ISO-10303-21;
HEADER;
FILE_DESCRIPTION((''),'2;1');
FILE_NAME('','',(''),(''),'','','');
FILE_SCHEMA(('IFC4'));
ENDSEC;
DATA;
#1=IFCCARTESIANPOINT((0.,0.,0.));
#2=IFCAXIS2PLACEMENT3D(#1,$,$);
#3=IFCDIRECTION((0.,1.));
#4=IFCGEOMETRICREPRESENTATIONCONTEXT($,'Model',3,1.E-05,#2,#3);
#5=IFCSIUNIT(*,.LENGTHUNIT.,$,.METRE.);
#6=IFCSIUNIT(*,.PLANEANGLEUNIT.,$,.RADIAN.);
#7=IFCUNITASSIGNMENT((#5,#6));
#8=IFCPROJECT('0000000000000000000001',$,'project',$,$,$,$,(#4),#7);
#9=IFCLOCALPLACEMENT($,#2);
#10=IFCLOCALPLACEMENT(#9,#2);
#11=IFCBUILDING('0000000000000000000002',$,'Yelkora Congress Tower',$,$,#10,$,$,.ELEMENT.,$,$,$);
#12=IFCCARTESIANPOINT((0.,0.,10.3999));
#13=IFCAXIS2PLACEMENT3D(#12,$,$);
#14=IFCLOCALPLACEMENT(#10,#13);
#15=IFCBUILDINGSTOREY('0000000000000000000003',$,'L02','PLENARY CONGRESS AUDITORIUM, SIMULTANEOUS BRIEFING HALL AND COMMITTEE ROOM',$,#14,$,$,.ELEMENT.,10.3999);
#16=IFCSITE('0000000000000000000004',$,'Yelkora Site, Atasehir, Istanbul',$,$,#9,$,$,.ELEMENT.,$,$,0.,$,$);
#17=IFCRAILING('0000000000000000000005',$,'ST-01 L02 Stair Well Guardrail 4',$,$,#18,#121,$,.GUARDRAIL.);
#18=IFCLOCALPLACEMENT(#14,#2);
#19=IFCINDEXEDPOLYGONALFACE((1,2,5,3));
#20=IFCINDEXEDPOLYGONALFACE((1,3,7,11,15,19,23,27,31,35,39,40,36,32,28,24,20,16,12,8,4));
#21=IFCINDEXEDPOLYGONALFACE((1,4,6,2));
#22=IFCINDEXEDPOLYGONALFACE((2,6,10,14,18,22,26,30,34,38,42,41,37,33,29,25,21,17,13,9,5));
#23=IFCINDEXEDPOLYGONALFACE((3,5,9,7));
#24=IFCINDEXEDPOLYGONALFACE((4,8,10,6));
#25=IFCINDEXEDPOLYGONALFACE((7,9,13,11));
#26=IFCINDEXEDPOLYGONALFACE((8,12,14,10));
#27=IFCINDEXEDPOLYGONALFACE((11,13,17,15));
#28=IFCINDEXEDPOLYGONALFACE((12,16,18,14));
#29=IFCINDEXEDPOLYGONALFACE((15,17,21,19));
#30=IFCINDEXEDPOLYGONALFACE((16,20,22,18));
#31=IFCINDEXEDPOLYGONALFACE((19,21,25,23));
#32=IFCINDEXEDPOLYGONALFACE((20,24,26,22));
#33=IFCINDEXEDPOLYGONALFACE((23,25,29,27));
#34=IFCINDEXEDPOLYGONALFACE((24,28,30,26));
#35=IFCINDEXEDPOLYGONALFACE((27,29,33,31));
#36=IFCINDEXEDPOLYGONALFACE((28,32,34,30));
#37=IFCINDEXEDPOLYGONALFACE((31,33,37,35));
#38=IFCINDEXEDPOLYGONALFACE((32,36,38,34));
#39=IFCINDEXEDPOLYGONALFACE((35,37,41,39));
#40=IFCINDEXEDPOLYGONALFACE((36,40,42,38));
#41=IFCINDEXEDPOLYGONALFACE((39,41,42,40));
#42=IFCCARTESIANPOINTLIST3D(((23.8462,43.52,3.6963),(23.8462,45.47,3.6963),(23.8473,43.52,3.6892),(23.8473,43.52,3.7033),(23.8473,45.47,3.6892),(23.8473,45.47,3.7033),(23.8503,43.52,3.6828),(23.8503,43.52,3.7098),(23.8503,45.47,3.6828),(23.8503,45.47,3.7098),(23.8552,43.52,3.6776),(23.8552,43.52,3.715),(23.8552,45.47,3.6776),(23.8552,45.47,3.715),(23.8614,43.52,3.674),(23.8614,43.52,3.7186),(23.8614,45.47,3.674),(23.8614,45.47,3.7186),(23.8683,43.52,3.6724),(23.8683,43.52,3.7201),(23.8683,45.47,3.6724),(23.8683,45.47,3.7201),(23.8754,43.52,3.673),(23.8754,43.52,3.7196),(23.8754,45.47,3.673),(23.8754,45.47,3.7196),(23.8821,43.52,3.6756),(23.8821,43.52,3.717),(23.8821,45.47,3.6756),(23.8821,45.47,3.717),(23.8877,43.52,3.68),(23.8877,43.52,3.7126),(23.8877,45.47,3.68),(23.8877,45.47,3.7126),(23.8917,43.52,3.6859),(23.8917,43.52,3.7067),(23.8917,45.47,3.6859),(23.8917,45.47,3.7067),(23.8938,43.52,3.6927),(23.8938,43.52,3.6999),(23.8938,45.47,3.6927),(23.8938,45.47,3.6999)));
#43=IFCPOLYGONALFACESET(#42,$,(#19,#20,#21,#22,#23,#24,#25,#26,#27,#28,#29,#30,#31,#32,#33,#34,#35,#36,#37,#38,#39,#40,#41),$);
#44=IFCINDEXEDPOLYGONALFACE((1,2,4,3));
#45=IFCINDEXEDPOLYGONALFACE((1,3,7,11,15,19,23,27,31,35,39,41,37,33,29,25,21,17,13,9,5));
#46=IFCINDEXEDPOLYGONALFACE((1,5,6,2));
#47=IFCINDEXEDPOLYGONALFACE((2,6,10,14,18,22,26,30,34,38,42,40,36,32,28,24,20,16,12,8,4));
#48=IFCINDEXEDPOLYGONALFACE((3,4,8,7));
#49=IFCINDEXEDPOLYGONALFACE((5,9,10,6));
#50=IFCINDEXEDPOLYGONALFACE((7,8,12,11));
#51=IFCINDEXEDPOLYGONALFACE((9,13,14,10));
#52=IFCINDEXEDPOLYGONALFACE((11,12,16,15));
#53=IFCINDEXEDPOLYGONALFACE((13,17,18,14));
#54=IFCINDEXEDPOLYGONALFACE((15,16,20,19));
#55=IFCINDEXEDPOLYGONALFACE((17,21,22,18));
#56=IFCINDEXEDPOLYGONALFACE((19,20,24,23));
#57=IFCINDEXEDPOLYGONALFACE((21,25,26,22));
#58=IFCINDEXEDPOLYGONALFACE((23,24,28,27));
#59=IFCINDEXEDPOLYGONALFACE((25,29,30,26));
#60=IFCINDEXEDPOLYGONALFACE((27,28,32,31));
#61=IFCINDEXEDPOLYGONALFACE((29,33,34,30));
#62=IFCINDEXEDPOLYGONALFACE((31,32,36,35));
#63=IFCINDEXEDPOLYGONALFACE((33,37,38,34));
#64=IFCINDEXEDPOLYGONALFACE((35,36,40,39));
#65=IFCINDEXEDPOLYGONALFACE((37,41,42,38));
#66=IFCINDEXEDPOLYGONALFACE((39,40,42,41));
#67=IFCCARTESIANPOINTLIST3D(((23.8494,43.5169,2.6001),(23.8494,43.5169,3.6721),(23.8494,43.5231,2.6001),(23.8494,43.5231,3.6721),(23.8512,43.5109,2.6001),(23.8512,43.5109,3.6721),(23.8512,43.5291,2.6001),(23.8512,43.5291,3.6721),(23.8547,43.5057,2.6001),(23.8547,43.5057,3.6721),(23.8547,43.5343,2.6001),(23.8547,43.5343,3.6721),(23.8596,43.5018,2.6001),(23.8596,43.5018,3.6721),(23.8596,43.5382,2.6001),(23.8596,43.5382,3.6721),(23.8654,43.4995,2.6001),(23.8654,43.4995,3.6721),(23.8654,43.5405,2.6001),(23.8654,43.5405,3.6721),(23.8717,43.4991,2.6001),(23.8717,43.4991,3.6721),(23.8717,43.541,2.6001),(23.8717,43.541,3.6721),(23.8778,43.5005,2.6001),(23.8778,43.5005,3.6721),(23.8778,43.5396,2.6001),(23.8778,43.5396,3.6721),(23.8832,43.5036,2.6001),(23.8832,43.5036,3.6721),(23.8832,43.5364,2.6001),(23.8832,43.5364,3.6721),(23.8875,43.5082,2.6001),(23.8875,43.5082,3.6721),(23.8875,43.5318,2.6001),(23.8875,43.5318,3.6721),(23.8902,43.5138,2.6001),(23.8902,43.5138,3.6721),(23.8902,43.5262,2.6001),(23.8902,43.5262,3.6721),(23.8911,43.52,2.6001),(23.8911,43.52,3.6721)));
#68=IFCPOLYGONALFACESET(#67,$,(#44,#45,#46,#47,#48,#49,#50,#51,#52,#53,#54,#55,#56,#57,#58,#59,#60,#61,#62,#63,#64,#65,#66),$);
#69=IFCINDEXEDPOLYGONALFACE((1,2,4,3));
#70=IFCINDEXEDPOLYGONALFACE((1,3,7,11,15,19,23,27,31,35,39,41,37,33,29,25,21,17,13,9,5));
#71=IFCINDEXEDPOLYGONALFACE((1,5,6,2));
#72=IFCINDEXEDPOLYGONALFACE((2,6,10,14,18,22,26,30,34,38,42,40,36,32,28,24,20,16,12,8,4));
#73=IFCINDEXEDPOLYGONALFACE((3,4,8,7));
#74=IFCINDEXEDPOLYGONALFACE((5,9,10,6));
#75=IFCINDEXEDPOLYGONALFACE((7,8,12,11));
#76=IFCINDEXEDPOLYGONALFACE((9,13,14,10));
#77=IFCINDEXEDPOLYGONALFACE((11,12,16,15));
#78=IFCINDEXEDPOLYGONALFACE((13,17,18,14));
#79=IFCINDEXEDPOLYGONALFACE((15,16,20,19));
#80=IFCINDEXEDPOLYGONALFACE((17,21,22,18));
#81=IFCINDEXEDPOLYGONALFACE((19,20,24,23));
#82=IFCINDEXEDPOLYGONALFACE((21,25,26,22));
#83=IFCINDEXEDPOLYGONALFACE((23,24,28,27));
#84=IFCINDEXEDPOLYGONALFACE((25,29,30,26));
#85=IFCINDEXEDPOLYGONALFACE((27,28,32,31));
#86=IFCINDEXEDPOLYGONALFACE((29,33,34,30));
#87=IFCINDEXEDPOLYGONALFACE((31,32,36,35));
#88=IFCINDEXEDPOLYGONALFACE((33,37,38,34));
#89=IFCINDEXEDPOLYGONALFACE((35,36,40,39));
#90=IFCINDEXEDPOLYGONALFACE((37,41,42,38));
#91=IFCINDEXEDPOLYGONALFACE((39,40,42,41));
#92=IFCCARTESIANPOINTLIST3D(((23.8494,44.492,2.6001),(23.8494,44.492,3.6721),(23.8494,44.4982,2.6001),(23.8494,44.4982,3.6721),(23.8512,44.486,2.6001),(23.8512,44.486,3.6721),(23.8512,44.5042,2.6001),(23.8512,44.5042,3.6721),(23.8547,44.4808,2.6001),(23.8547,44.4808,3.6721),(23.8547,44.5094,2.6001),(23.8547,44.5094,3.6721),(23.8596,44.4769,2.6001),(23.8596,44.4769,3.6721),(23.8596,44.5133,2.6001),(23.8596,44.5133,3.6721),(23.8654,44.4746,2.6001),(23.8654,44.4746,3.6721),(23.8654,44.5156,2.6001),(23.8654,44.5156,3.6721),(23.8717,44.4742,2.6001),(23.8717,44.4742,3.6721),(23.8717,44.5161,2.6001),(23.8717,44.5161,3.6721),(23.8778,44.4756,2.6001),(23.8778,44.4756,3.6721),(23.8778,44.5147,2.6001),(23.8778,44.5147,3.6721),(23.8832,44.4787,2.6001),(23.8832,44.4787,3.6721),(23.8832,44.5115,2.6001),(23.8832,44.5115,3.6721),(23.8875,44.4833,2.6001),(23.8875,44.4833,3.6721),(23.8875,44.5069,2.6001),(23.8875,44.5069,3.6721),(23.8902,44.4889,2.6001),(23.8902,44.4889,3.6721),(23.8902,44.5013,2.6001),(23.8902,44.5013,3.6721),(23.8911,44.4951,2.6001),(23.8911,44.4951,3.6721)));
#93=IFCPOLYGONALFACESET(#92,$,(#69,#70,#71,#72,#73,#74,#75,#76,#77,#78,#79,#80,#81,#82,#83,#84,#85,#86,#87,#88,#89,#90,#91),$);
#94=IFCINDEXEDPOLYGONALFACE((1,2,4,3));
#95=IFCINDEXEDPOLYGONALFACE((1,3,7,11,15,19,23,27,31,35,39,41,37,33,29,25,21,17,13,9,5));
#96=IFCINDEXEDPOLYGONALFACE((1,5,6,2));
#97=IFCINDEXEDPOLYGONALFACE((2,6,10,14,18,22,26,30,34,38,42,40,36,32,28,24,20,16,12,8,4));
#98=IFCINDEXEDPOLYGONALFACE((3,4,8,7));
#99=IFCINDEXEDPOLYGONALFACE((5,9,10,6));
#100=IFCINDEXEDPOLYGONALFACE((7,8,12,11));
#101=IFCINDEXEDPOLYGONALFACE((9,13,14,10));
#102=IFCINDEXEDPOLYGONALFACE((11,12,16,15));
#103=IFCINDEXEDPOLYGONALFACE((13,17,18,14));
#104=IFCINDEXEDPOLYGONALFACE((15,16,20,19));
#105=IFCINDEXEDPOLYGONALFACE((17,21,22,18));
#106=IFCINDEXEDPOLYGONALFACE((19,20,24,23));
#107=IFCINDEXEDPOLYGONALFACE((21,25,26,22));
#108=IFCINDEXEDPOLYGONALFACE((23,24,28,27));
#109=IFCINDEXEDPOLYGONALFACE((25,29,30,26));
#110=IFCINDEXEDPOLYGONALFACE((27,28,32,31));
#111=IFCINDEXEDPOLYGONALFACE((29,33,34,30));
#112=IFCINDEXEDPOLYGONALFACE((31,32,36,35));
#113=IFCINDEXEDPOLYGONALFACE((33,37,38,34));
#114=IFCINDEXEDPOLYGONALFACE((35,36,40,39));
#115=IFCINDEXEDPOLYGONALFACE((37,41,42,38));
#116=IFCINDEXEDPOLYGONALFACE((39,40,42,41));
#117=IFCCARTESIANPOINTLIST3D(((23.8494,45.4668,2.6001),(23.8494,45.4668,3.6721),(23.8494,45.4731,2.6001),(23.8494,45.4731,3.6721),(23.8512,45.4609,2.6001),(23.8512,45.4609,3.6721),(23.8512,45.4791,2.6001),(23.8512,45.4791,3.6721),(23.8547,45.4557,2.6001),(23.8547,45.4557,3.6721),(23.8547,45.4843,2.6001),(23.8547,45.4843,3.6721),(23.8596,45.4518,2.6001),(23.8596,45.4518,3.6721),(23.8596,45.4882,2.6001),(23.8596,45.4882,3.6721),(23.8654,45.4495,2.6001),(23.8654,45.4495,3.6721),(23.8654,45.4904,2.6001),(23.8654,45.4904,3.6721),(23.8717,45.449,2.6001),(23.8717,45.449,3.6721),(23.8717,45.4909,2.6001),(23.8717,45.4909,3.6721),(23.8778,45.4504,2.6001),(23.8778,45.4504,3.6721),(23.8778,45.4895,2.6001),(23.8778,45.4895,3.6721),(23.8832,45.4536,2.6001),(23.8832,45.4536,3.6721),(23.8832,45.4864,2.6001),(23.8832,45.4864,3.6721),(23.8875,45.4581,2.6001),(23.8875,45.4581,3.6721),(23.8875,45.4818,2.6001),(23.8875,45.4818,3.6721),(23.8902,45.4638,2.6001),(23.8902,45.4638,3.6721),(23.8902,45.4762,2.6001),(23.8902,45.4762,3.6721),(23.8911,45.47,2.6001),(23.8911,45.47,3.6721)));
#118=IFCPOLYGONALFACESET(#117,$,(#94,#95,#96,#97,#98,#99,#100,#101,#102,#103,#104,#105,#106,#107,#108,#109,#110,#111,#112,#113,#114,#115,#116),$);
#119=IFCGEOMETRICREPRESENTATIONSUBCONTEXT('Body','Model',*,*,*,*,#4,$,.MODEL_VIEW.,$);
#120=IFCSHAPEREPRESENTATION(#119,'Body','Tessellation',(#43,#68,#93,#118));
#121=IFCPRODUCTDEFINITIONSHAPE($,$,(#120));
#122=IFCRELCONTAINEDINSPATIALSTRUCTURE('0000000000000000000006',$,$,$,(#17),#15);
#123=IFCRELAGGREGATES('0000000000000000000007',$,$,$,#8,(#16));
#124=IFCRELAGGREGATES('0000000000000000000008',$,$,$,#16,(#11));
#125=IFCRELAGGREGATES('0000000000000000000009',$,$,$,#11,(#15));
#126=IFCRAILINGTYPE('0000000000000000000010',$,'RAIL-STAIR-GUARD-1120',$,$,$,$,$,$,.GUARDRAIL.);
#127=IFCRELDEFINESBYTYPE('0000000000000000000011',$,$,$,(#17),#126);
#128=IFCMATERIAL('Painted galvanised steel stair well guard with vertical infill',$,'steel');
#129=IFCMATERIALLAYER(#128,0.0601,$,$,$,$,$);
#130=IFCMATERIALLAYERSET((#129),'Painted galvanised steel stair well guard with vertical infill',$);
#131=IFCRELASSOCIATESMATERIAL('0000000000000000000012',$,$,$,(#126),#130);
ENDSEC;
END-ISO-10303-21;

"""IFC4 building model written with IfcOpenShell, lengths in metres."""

from ifc_helpers import new_model, si_unit, direction, frame, origin, origin_2d, place, context, subcontext, project, spatial, circle, extrude, material, layer, layer_set, type_object, element, save


model = new_model("IFC4")

# Units and contexts
model_context = context("Model", 3, precision=1e-05, world=origin(), true_north=direction((0.0, 1.0)))
body_context = subcontext(model_context, "Body", "Model", "MODEL_VIEW")
ifc_project = project(units=[si_unit("LENGTHUNIT", "METRE"), si_unit("PLANEANGLEUNIT", "RADIAN")], contexts=[model_context])

# Site, building, storey
site_placement = place(None, origin())
site = spatial("IfcSite", under=ifc_project, at=site_placement, Name="Yelkora Site, Atasehir, Istanbul", CompositionType="ELEMENT", RefElevation=0.0)
building_placement = place(site_placement, origin())
building = spatial("IfcBuilding", under=site, at=building_placement, Name="Yelkora Congress Tower", CompositionType="ELEMENT")
storey_placement = place(building_placement, frame((0.0, 0.0, 10.3999)))
storey = spatial("IfcBuildingStorey", under=building, at=storey_placement, Name="L02", Description="PLENARY CONGRESS AUDITORIUM, SIMULTANEOUS BRIEFING HALL AND COMMITTEE ROOM", CompositionType="ELEMENT", Elevation=10.3999)

# Railing
ifc_material_1 = material(Name="Painted galvanised steel stair well guard with vertical infill", Category="steel")
ifc_layer_1 = layer(ifc_material_1, 0.0601)
ifc_layer_set_1 = layer_set([ifc_layer_1], Name="Painted galvanised steel stair well guard with vertical infill")
railing_type_1 = type_object("IfcRailingType", Name="RAIL-STAIR-GUARD-1120", PredefinedType="GUARDRAIL", material=ifc_layer_set_1)
for number, where, name in (
    (1, (23.8701, 43.52, 2.6001), "ST-01 L02 Stair Well Guardrail 4"),
):
    element("IfcRailing", number, at=place(storey_placement, frame(where)), inside=storey, type_object=railing_type_1, Name=name, PredefinedType="GUARDRAIL", context=body_context, shape_type="SweptSolid", body=[
        extrude(circle(Radius=0.0239, at=origin_2d()), frame((0.0, 0.0, 1.0962), z_axis=(0.0, 1.0, 0.0), x_axis=(-1.0, 0.0, 0.0)), (0.0, 0.0, 1.0), 1.95),
        extrude(circle(Radius=0.021, at=origin_2d()), origin(), (0.0, 0.0, 1.0), 1.072),
        extrude(circle(Radius=0.021, at=origin_2d()), frame((0.0, 0.9751, 0.0)), (0.0, 0.0, 1.0), 1.072),
        extrude(circle(Radius=0.021, at=origin_2d()), frame((0.0, 1.95, 0.0)), (0.0, 0.0, 1.0), 1.072),
    ])

save(model, "model.ifc")
